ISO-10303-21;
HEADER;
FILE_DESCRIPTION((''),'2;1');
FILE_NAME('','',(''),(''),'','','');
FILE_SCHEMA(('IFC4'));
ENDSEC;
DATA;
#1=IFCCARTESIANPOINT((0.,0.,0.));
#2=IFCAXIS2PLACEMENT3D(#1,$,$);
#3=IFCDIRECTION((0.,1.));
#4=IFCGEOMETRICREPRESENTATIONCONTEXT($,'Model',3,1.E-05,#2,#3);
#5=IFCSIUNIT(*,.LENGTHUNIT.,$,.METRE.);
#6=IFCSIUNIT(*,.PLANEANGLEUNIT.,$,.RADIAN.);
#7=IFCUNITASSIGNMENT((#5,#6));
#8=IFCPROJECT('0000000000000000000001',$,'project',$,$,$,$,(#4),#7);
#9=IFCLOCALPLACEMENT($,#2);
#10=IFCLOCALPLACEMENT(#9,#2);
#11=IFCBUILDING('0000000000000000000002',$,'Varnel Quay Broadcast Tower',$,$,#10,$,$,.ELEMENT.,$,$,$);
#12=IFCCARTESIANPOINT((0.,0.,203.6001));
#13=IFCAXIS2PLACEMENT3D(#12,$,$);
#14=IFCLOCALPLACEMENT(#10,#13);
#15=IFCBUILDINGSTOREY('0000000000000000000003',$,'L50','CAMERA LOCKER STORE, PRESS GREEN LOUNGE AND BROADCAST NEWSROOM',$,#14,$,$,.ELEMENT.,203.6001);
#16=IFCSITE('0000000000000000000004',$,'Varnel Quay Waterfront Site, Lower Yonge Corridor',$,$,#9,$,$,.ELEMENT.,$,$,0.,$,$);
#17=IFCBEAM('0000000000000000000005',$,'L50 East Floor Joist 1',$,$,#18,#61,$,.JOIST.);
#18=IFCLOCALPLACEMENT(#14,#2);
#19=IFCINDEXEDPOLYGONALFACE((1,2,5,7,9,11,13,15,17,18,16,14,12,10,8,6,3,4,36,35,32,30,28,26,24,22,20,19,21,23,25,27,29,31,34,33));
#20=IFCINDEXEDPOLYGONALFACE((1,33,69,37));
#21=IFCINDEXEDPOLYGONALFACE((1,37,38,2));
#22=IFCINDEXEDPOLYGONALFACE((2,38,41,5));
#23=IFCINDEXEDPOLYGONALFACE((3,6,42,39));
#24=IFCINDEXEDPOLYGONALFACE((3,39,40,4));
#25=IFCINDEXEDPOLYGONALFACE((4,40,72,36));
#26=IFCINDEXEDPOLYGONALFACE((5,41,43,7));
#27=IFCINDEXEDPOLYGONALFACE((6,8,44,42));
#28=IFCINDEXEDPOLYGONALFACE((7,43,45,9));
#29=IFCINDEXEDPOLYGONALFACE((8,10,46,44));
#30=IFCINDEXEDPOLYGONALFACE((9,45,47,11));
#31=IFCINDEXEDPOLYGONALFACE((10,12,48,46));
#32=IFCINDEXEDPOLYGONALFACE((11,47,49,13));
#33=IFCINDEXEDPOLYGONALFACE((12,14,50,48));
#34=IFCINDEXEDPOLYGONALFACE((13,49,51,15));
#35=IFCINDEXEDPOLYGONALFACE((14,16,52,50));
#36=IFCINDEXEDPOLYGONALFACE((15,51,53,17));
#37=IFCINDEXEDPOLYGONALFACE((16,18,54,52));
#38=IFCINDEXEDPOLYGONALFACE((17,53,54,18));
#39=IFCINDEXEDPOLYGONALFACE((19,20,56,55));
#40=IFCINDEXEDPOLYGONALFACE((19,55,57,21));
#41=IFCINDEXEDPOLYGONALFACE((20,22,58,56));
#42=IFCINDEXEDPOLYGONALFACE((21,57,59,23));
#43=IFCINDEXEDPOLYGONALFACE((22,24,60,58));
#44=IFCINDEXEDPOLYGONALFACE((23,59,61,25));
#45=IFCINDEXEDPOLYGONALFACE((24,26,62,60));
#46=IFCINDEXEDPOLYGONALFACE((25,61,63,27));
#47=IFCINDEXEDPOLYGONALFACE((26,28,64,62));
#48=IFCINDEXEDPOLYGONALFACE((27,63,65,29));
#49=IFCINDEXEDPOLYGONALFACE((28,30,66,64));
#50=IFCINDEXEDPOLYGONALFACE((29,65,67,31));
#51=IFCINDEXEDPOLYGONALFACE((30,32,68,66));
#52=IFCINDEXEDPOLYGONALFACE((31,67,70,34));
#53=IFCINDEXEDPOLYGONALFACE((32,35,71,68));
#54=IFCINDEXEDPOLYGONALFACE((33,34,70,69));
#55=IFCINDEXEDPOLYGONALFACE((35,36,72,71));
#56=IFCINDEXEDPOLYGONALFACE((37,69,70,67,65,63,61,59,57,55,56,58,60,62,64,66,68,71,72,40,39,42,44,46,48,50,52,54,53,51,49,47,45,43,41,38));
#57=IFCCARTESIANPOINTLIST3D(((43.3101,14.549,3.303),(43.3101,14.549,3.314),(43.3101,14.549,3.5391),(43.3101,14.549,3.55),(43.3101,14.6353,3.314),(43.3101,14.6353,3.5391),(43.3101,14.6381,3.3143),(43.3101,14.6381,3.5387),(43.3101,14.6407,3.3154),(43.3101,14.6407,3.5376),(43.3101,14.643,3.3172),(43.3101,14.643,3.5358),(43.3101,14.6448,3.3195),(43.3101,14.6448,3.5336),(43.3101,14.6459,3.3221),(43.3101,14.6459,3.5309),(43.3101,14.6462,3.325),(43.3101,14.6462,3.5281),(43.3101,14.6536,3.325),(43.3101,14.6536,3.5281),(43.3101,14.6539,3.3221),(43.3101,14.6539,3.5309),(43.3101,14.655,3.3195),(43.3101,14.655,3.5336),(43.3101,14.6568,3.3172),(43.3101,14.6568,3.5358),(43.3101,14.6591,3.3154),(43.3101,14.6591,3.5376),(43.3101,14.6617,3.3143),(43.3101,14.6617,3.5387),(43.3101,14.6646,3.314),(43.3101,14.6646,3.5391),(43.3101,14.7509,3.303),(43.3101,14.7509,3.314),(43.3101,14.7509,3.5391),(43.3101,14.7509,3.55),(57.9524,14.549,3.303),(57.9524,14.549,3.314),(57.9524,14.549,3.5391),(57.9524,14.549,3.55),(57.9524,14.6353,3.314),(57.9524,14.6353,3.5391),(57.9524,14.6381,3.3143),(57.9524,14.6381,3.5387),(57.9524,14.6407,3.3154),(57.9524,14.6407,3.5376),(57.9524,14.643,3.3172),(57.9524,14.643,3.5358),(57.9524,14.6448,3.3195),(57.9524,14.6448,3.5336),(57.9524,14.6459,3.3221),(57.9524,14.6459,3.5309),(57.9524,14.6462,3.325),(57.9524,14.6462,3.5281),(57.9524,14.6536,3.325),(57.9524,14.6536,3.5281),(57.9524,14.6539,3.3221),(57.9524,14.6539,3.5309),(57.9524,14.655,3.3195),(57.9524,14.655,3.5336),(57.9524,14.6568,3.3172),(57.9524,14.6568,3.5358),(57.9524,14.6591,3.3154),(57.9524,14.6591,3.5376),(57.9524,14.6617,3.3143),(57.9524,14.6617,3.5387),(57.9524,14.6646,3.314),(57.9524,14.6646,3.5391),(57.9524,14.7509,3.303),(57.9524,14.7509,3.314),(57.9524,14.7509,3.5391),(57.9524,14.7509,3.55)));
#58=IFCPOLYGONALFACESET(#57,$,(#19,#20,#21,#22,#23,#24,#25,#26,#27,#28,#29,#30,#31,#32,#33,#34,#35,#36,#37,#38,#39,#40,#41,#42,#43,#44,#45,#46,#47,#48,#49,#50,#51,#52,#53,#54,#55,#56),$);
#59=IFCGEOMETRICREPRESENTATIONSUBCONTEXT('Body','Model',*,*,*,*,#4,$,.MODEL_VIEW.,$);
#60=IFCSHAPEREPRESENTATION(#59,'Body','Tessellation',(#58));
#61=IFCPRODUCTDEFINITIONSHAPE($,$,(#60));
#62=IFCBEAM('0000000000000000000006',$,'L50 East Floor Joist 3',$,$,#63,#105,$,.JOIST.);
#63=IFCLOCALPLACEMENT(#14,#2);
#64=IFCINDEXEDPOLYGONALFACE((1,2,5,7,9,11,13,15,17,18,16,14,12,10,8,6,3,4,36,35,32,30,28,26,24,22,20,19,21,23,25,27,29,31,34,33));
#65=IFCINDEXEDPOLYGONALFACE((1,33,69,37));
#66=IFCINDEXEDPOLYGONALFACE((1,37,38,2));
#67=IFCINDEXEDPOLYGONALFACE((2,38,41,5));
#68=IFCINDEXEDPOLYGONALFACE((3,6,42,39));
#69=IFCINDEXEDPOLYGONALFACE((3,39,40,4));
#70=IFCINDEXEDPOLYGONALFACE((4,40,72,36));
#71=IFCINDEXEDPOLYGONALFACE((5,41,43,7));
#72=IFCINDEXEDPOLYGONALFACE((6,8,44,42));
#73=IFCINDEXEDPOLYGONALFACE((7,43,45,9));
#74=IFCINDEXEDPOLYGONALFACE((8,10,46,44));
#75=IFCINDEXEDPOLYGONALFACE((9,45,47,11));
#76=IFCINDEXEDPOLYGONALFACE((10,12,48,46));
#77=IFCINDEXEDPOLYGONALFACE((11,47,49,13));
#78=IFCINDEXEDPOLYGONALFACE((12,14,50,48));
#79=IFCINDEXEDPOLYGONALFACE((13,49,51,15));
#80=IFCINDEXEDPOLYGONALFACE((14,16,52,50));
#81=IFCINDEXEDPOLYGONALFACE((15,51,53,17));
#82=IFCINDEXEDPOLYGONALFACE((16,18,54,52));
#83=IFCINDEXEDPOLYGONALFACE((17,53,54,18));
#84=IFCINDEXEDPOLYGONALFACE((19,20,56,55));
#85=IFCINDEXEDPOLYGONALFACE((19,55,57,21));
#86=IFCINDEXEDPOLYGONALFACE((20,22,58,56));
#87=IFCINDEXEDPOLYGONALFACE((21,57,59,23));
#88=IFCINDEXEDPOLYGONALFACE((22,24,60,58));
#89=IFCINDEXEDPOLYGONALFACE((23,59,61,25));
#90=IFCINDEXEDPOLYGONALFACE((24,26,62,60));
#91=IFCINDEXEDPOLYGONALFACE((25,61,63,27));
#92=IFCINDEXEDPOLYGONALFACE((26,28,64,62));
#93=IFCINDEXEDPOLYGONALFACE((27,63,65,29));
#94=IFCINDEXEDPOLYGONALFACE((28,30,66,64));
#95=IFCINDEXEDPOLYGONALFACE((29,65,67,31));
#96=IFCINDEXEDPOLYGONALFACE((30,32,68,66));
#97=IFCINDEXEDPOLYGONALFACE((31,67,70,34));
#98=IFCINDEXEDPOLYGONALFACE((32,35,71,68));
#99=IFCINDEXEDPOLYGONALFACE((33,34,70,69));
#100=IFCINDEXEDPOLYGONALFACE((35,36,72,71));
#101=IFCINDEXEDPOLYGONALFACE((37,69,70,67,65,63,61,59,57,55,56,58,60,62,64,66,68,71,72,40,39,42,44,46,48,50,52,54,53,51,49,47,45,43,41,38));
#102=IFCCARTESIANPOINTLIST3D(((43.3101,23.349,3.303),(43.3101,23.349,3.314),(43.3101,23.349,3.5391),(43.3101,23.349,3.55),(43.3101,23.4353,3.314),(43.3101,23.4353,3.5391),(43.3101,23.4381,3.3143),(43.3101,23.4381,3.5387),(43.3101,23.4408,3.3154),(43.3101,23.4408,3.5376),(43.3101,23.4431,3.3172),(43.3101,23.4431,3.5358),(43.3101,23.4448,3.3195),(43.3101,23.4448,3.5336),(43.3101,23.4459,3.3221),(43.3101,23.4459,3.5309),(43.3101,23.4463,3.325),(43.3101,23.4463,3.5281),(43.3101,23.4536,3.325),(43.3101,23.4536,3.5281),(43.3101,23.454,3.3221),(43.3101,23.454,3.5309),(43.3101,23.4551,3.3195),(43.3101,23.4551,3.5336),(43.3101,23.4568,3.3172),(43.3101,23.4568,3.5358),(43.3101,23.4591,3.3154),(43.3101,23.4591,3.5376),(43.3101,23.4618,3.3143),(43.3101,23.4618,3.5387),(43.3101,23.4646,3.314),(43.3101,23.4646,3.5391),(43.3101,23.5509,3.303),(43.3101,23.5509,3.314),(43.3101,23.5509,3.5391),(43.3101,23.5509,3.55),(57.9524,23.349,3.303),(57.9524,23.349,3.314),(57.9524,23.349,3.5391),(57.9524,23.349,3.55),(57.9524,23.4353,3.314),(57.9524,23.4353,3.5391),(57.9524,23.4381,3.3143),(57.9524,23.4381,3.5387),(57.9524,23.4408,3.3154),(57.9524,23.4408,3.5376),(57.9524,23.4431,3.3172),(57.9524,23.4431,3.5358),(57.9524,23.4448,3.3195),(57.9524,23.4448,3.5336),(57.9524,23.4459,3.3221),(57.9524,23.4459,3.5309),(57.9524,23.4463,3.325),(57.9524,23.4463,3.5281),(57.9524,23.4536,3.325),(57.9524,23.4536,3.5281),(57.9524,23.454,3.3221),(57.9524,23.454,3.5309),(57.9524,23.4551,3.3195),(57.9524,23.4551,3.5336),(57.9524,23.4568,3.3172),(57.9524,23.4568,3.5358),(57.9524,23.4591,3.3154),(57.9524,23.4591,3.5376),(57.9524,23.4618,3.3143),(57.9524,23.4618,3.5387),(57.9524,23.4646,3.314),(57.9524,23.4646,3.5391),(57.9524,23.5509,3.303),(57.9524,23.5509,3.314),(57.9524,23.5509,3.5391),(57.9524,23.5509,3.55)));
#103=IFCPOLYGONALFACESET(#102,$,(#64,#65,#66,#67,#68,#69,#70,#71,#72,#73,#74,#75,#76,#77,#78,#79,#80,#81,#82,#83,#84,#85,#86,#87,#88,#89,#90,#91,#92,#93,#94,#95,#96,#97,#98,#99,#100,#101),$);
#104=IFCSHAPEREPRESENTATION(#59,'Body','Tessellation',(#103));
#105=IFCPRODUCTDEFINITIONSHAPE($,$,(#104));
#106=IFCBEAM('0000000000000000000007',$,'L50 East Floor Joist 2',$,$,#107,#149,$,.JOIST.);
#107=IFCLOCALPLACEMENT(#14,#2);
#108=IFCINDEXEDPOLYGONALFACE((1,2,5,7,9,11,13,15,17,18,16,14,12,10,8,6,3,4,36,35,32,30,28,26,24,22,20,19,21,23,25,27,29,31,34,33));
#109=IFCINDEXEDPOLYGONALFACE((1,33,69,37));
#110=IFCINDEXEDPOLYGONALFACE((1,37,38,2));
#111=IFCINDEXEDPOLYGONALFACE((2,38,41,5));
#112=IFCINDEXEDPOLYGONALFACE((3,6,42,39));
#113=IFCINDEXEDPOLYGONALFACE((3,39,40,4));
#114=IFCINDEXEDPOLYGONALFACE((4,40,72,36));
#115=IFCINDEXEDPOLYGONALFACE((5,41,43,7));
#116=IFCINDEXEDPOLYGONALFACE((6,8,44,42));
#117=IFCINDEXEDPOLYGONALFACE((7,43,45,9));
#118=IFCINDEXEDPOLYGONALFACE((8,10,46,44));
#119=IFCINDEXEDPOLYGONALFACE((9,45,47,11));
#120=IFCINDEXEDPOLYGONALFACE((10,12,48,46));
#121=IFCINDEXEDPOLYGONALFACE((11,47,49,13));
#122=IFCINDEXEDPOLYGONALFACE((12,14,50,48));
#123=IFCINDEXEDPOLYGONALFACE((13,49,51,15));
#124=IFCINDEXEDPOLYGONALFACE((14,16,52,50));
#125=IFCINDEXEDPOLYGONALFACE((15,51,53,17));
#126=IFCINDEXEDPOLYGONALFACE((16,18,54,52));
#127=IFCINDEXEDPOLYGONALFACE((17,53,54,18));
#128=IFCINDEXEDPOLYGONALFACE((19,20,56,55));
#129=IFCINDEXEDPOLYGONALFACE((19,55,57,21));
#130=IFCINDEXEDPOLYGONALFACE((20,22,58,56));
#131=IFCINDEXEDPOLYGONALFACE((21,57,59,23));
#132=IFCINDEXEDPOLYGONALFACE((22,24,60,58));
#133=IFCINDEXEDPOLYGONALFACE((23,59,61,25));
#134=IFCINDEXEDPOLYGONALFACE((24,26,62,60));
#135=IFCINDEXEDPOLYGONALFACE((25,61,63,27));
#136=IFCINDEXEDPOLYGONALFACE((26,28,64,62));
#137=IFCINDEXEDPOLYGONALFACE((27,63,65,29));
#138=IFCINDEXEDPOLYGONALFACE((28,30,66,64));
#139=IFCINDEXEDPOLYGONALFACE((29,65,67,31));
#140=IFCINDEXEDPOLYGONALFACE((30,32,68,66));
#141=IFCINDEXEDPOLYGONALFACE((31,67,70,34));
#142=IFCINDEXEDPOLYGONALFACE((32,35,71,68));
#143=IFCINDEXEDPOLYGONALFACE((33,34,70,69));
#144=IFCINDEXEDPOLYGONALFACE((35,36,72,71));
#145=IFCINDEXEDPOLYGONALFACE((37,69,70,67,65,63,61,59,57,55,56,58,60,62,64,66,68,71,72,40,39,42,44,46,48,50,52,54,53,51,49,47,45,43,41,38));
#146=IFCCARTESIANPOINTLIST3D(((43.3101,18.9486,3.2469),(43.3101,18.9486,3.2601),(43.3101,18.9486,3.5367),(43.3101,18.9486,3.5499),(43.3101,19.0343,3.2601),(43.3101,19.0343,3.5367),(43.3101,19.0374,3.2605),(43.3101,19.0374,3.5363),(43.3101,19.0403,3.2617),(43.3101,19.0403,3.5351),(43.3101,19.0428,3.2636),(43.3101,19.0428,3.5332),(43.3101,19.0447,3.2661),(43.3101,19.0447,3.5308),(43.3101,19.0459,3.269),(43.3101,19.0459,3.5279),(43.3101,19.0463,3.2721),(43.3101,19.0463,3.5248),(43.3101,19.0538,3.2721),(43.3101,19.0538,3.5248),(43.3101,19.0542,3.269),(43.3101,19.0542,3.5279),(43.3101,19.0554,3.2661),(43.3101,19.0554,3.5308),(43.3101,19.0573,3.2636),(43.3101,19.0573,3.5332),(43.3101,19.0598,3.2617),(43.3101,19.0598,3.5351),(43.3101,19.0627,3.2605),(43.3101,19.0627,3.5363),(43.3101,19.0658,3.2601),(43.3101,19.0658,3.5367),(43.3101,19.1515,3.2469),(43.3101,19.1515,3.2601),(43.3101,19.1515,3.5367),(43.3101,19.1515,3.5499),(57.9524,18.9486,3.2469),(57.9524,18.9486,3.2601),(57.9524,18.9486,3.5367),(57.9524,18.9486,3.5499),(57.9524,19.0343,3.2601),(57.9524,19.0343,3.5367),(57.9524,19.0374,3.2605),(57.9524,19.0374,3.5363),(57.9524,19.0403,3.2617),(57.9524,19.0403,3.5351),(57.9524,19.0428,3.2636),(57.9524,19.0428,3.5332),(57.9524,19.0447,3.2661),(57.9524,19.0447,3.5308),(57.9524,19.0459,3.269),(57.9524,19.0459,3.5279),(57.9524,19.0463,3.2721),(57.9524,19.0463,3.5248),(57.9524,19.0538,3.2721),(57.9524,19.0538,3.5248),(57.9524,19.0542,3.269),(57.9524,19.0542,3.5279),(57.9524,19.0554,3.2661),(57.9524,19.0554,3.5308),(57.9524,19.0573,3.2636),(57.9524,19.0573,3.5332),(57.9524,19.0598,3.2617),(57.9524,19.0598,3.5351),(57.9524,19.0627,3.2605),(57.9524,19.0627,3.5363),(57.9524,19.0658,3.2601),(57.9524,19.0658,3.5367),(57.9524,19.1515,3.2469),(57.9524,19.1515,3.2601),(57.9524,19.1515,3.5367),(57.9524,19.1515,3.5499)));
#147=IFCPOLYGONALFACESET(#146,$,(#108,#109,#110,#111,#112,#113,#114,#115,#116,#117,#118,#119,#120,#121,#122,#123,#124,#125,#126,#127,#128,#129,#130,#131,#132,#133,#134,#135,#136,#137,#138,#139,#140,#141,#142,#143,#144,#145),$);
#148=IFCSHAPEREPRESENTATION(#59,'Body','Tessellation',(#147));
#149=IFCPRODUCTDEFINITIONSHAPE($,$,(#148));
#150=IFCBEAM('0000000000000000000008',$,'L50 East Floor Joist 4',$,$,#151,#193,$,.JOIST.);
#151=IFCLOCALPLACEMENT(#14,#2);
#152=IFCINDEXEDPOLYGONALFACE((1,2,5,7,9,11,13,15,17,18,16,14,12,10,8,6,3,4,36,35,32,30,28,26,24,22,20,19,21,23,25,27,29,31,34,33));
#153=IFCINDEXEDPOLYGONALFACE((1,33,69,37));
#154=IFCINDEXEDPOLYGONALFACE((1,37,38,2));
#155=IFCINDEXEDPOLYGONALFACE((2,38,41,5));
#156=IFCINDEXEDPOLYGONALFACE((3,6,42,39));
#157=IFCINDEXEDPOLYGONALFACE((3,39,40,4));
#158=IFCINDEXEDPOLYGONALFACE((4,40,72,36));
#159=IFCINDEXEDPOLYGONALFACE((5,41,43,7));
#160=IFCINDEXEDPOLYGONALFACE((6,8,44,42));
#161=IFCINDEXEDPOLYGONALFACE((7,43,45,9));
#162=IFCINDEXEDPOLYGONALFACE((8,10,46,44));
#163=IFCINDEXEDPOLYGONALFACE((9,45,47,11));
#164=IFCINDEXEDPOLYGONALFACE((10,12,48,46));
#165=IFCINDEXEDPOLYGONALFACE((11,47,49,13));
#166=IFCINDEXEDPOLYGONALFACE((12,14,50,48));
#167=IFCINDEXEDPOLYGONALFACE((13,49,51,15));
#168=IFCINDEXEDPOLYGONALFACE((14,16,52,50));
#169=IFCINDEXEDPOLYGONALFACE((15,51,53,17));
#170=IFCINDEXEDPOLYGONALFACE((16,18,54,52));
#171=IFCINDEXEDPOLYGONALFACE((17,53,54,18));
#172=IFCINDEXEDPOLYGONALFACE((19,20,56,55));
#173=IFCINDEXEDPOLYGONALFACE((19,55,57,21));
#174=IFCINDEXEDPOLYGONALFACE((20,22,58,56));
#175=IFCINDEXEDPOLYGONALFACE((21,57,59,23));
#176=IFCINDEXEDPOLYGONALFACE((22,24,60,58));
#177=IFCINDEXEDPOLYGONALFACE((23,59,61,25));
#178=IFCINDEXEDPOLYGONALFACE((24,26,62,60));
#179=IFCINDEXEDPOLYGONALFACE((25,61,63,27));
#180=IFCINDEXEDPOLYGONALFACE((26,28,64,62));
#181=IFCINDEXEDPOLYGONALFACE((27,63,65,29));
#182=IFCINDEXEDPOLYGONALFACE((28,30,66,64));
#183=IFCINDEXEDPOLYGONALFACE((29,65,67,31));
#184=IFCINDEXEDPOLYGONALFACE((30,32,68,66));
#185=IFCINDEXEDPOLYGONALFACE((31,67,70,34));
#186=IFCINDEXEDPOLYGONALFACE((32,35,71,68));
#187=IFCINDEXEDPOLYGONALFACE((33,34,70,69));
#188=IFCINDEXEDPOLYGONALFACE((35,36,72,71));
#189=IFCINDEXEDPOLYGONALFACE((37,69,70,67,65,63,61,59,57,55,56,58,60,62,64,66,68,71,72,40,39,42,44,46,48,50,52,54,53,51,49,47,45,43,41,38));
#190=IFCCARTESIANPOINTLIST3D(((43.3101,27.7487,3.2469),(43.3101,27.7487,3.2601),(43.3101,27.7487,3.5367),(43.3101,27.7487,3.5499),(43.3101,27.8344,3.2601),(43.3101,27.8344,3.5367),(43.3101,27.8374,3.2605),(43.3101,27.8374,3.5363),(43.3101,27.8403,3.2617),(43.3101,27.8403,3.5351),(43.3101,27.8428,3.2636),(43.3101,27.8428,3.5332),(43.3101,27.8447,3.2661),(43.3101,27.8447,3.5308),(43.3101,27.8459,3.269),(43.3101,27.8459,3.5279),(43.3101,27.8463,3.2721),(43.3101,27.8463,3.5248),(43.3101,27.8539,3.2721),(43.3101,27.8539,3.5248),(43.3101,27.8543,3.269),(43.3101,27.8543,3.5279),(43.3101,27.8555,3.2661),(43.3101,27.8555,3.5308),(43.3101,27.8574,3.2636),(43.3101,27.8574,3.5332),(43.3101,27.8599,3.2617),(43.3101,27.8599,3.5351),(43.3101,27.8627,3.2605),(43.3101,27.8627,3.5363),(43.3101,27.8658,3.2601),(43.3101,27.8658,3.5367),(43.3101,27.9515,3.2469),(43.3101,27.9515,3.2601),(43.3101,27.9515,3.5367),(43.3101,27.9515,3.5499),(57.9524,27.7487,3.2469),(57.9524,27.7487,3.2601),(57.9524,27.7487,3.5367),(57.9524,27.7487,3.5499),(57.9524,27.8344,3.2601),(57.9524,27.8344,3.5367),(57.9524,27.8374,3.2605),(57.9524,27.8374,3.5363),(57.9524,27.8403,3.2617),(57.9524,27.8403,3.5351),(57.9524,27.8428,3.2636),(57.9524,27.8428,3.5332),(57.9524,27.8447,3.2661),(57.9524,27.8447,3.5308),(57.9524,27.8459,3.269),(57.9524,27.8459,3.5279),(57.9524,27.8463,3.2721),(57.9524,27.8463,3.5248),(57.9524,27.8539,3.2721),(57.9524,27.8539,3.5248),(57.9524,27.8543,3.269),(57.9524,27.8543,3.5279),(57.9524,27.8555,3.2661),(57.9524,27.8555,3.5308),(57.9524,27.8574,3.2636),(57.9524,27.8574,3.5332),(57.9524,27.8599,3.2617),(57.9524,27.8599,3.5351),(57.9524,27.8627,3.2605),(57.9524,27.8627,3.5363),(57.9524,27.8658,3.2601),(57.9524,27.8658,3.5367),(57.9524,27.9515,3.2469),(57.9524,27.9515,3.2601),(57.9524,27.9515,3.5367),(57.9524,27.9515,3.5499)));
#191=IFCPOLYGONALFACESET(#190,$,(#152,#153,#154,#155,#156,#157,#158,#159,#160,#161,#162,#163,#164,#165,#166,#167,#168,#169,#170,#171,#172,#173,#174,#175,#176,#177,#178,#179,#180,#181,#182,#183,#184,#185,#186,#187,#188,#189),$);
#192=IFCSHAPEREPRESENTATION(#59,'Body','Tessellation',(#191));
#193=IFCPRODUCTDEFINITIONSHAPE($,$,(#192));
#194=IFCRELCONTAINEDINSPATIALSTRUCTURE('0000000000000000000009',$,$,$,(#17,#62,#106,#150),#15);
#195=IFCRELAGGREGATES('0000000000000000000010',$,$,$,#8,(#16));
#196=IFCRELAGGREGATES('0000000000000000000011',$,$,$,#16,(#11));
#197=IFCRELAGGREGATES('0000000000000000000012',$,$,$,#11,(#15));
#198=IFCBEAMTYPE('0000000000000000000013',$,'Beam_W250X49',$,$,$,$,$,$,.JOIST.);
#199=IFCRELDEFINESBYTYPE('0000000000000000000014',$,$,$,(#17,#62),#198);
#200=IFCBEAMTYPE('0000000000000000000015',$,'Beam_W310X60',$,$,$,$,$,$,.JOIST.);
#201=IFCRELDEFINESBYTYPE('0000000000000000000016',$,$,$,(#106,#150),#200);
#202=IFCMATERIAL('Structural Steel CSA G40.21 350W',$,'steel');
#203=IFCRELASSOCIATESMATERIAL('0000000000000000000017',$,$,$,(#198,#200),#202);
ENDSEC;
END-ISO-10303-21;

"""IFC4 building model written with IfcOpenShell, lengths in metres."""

from ifc_helpers import new_model, si_unit, direction, frame, origin, origin_2d, place, context, subcontext, project, spatial, i_section, extrude, source, transform, mapped, material, material_profile, profile_set, type_object, type_shapes, element, save


model = new_model("IFC4")

# Units and contexts
model_context = context("Model", 3, precision=1e-05, world=origin(), true_north=direction((0.0, 1.0)))
body_context = subcontext(model_context, "Body", "Model", "MODEL_VIEW")
ifc_project = project(units=[si_unit("LENGTHUNIT", "METRE"), si_unit("PLANEANGLEUNIT", "RADIAN")], contexts=[model_context])

# Site, building, storey
site_placement = place(None, origin())
site = spatial("IfcSite", under=ifc_project, at=site_placement, Name="Varnel Quay Waterfront Site, Lower Yonge Corridor", CompositionType="ELEMENT", RefElevation=0.0)
building_placement = place(site_placement, origin())
building = spatial("IfcBuilding", under=site, at=building_placement, Name="Varnel Quay Broadcast Tower", CompositionType="ELEMENT")
storey_placement = place(building_placement, frame((0.0, 0.0, 203.6001)))
storey = spatial("IfcBuildingStorey", under=building, at=storey_placement, Name="L50", Description="CAMERA LOCKER STORE, PRESS GREEN LOUNGE AND BROADCAST NEWSROOM", CompositionType="ELEMENT", Elevation=203.6001)

# Shared definitions
ifc_material_1 = material(Name="Structural Steel CSA G40.21 350W", Category="steel")

# Beams
ifc_material_profile_1 = material_profile(ifc_material_1, i_section(OverallWidth=0.2019, OverallDepth=0.2471, WebThickness=0.0073, FlangeThickness=0.011, FilletRadius=0.011, at=origin_2d()), Name="W250X49")
ifc_profile_set_1 = profile_set([ifc_material_profile_1], Name="Structural Steel CSA G40.21 350W")
beam_type_1 = type_object("IfcBeamType", Name="Beam_W250X49", PredefinedType="JOIST", material=ifc_profile_set_1)
shared_shape_1 = source(origin(), body_context, "Body", "SweptSolid", [
    extrude(i_section(OverallWidth=0.2019, OverallDepth=0.2471, WebThickness=0.0073, FlangeThickness=0.011, FilletRadius=0.011, at=origin_2d()), origin(), (0.0, 0.0, 1.0), 14.6423),
])
type_shapes(beam_type_1, [shared_shape_1])
for number, where, z_axis, x_axis, name in (
    (1, (43.3101, 14.6499, 3.4265), (1.0, 0.0, 0.0), (0.0, 1.0, 0.0), "L50 East Floor Joist 1"),
    (2, (43.3101, 23.45, 3.4265), (1.0, 0.0, 0.0), (0.0, 1.0, 0.0), "L50 East Floor Joist 3"),
):
    element("IfcBeam", number, at=place(storey_placement, frame(where, z_axis=z_axis, x_axis=x_axis)), inside=storey, type_object=beam_type_1, Name=name, PredefinedType="JOIST", context=body_context, shape_type="MappedRepresentation", body=[
        mapped(shared_shape_1, transform((0.0, 0.0, 0.0), x_axis=(1.0, 0.0, 0.0), y_axis=(0.0, 1.0, 0.0), z_axis=(0.0, 0.0, 1.0), scale=1.0)),
    ])
ifc_material_profile_2 = material_profile(ifc_material_1, i_section(OverallWidth=0.2029, OverallDepth=0.303, WebThickness=0.0076, FlangeThickness=0.0132, FilletRadius=0.012, at=origin_2d()), Name="W310X60")
ifc_profile_set_2 = profile_set([ifc_material_profile_2], Name="Structural Steel CSA G40.21 350W")
beam_type_2 = type_object("IfcBeamType", Name="Beam_W310X60", PredefinedType="JOIST", material=ifc_profile_set_2)
shared_shape_2 = source(origin(), body_context, "Body", "SweptSolid", [
    extrude(i_section(OverallWidth=0.2029, OverallDepth=0.303, WebThickness=0.0076, FlangeThickness=0.0132, FilletRadius=0.012, at=origin_2d()), origin(), (0.0, 0.0, 1.0), 14.6423),
])
type_shapes(beam_type_2, [shared_shape_2])
for number, where, z_axis, x_axis, name in (
    (3, (43.3101, 19.05, 3.3984), (1.0, 0.0, 0.0), (0.0, 1.0, 0.0), "L50 East Floor Joist 2"),
    (4, (43.3101, 27.8501, 3.3984), (1.0, 0.0, 0.0), (0.0, 1.0, 0.0), "L50 East Floor Joist 4"),
):
    element("IfcBeam", number, at=place(storey_placement, frame(where, z_axis=z_axis, x_axis=x_axis)), inside=storey, type_object=beam_type_2, Name=name, PredefinedType="JOIST", context=body_context, shape_type="MappedRepresentation", body=[
        mapped(shared_shape_2, transform((0.0, 0.0, 0.0), x_axis=(1.0, 0.0, 0.0), y_axis=(0.0, 1.0, 0.0), z_axis=(0.0, 0.0, 1.0), scale=1.0)),
    ])

save(model, "model.ifc")
